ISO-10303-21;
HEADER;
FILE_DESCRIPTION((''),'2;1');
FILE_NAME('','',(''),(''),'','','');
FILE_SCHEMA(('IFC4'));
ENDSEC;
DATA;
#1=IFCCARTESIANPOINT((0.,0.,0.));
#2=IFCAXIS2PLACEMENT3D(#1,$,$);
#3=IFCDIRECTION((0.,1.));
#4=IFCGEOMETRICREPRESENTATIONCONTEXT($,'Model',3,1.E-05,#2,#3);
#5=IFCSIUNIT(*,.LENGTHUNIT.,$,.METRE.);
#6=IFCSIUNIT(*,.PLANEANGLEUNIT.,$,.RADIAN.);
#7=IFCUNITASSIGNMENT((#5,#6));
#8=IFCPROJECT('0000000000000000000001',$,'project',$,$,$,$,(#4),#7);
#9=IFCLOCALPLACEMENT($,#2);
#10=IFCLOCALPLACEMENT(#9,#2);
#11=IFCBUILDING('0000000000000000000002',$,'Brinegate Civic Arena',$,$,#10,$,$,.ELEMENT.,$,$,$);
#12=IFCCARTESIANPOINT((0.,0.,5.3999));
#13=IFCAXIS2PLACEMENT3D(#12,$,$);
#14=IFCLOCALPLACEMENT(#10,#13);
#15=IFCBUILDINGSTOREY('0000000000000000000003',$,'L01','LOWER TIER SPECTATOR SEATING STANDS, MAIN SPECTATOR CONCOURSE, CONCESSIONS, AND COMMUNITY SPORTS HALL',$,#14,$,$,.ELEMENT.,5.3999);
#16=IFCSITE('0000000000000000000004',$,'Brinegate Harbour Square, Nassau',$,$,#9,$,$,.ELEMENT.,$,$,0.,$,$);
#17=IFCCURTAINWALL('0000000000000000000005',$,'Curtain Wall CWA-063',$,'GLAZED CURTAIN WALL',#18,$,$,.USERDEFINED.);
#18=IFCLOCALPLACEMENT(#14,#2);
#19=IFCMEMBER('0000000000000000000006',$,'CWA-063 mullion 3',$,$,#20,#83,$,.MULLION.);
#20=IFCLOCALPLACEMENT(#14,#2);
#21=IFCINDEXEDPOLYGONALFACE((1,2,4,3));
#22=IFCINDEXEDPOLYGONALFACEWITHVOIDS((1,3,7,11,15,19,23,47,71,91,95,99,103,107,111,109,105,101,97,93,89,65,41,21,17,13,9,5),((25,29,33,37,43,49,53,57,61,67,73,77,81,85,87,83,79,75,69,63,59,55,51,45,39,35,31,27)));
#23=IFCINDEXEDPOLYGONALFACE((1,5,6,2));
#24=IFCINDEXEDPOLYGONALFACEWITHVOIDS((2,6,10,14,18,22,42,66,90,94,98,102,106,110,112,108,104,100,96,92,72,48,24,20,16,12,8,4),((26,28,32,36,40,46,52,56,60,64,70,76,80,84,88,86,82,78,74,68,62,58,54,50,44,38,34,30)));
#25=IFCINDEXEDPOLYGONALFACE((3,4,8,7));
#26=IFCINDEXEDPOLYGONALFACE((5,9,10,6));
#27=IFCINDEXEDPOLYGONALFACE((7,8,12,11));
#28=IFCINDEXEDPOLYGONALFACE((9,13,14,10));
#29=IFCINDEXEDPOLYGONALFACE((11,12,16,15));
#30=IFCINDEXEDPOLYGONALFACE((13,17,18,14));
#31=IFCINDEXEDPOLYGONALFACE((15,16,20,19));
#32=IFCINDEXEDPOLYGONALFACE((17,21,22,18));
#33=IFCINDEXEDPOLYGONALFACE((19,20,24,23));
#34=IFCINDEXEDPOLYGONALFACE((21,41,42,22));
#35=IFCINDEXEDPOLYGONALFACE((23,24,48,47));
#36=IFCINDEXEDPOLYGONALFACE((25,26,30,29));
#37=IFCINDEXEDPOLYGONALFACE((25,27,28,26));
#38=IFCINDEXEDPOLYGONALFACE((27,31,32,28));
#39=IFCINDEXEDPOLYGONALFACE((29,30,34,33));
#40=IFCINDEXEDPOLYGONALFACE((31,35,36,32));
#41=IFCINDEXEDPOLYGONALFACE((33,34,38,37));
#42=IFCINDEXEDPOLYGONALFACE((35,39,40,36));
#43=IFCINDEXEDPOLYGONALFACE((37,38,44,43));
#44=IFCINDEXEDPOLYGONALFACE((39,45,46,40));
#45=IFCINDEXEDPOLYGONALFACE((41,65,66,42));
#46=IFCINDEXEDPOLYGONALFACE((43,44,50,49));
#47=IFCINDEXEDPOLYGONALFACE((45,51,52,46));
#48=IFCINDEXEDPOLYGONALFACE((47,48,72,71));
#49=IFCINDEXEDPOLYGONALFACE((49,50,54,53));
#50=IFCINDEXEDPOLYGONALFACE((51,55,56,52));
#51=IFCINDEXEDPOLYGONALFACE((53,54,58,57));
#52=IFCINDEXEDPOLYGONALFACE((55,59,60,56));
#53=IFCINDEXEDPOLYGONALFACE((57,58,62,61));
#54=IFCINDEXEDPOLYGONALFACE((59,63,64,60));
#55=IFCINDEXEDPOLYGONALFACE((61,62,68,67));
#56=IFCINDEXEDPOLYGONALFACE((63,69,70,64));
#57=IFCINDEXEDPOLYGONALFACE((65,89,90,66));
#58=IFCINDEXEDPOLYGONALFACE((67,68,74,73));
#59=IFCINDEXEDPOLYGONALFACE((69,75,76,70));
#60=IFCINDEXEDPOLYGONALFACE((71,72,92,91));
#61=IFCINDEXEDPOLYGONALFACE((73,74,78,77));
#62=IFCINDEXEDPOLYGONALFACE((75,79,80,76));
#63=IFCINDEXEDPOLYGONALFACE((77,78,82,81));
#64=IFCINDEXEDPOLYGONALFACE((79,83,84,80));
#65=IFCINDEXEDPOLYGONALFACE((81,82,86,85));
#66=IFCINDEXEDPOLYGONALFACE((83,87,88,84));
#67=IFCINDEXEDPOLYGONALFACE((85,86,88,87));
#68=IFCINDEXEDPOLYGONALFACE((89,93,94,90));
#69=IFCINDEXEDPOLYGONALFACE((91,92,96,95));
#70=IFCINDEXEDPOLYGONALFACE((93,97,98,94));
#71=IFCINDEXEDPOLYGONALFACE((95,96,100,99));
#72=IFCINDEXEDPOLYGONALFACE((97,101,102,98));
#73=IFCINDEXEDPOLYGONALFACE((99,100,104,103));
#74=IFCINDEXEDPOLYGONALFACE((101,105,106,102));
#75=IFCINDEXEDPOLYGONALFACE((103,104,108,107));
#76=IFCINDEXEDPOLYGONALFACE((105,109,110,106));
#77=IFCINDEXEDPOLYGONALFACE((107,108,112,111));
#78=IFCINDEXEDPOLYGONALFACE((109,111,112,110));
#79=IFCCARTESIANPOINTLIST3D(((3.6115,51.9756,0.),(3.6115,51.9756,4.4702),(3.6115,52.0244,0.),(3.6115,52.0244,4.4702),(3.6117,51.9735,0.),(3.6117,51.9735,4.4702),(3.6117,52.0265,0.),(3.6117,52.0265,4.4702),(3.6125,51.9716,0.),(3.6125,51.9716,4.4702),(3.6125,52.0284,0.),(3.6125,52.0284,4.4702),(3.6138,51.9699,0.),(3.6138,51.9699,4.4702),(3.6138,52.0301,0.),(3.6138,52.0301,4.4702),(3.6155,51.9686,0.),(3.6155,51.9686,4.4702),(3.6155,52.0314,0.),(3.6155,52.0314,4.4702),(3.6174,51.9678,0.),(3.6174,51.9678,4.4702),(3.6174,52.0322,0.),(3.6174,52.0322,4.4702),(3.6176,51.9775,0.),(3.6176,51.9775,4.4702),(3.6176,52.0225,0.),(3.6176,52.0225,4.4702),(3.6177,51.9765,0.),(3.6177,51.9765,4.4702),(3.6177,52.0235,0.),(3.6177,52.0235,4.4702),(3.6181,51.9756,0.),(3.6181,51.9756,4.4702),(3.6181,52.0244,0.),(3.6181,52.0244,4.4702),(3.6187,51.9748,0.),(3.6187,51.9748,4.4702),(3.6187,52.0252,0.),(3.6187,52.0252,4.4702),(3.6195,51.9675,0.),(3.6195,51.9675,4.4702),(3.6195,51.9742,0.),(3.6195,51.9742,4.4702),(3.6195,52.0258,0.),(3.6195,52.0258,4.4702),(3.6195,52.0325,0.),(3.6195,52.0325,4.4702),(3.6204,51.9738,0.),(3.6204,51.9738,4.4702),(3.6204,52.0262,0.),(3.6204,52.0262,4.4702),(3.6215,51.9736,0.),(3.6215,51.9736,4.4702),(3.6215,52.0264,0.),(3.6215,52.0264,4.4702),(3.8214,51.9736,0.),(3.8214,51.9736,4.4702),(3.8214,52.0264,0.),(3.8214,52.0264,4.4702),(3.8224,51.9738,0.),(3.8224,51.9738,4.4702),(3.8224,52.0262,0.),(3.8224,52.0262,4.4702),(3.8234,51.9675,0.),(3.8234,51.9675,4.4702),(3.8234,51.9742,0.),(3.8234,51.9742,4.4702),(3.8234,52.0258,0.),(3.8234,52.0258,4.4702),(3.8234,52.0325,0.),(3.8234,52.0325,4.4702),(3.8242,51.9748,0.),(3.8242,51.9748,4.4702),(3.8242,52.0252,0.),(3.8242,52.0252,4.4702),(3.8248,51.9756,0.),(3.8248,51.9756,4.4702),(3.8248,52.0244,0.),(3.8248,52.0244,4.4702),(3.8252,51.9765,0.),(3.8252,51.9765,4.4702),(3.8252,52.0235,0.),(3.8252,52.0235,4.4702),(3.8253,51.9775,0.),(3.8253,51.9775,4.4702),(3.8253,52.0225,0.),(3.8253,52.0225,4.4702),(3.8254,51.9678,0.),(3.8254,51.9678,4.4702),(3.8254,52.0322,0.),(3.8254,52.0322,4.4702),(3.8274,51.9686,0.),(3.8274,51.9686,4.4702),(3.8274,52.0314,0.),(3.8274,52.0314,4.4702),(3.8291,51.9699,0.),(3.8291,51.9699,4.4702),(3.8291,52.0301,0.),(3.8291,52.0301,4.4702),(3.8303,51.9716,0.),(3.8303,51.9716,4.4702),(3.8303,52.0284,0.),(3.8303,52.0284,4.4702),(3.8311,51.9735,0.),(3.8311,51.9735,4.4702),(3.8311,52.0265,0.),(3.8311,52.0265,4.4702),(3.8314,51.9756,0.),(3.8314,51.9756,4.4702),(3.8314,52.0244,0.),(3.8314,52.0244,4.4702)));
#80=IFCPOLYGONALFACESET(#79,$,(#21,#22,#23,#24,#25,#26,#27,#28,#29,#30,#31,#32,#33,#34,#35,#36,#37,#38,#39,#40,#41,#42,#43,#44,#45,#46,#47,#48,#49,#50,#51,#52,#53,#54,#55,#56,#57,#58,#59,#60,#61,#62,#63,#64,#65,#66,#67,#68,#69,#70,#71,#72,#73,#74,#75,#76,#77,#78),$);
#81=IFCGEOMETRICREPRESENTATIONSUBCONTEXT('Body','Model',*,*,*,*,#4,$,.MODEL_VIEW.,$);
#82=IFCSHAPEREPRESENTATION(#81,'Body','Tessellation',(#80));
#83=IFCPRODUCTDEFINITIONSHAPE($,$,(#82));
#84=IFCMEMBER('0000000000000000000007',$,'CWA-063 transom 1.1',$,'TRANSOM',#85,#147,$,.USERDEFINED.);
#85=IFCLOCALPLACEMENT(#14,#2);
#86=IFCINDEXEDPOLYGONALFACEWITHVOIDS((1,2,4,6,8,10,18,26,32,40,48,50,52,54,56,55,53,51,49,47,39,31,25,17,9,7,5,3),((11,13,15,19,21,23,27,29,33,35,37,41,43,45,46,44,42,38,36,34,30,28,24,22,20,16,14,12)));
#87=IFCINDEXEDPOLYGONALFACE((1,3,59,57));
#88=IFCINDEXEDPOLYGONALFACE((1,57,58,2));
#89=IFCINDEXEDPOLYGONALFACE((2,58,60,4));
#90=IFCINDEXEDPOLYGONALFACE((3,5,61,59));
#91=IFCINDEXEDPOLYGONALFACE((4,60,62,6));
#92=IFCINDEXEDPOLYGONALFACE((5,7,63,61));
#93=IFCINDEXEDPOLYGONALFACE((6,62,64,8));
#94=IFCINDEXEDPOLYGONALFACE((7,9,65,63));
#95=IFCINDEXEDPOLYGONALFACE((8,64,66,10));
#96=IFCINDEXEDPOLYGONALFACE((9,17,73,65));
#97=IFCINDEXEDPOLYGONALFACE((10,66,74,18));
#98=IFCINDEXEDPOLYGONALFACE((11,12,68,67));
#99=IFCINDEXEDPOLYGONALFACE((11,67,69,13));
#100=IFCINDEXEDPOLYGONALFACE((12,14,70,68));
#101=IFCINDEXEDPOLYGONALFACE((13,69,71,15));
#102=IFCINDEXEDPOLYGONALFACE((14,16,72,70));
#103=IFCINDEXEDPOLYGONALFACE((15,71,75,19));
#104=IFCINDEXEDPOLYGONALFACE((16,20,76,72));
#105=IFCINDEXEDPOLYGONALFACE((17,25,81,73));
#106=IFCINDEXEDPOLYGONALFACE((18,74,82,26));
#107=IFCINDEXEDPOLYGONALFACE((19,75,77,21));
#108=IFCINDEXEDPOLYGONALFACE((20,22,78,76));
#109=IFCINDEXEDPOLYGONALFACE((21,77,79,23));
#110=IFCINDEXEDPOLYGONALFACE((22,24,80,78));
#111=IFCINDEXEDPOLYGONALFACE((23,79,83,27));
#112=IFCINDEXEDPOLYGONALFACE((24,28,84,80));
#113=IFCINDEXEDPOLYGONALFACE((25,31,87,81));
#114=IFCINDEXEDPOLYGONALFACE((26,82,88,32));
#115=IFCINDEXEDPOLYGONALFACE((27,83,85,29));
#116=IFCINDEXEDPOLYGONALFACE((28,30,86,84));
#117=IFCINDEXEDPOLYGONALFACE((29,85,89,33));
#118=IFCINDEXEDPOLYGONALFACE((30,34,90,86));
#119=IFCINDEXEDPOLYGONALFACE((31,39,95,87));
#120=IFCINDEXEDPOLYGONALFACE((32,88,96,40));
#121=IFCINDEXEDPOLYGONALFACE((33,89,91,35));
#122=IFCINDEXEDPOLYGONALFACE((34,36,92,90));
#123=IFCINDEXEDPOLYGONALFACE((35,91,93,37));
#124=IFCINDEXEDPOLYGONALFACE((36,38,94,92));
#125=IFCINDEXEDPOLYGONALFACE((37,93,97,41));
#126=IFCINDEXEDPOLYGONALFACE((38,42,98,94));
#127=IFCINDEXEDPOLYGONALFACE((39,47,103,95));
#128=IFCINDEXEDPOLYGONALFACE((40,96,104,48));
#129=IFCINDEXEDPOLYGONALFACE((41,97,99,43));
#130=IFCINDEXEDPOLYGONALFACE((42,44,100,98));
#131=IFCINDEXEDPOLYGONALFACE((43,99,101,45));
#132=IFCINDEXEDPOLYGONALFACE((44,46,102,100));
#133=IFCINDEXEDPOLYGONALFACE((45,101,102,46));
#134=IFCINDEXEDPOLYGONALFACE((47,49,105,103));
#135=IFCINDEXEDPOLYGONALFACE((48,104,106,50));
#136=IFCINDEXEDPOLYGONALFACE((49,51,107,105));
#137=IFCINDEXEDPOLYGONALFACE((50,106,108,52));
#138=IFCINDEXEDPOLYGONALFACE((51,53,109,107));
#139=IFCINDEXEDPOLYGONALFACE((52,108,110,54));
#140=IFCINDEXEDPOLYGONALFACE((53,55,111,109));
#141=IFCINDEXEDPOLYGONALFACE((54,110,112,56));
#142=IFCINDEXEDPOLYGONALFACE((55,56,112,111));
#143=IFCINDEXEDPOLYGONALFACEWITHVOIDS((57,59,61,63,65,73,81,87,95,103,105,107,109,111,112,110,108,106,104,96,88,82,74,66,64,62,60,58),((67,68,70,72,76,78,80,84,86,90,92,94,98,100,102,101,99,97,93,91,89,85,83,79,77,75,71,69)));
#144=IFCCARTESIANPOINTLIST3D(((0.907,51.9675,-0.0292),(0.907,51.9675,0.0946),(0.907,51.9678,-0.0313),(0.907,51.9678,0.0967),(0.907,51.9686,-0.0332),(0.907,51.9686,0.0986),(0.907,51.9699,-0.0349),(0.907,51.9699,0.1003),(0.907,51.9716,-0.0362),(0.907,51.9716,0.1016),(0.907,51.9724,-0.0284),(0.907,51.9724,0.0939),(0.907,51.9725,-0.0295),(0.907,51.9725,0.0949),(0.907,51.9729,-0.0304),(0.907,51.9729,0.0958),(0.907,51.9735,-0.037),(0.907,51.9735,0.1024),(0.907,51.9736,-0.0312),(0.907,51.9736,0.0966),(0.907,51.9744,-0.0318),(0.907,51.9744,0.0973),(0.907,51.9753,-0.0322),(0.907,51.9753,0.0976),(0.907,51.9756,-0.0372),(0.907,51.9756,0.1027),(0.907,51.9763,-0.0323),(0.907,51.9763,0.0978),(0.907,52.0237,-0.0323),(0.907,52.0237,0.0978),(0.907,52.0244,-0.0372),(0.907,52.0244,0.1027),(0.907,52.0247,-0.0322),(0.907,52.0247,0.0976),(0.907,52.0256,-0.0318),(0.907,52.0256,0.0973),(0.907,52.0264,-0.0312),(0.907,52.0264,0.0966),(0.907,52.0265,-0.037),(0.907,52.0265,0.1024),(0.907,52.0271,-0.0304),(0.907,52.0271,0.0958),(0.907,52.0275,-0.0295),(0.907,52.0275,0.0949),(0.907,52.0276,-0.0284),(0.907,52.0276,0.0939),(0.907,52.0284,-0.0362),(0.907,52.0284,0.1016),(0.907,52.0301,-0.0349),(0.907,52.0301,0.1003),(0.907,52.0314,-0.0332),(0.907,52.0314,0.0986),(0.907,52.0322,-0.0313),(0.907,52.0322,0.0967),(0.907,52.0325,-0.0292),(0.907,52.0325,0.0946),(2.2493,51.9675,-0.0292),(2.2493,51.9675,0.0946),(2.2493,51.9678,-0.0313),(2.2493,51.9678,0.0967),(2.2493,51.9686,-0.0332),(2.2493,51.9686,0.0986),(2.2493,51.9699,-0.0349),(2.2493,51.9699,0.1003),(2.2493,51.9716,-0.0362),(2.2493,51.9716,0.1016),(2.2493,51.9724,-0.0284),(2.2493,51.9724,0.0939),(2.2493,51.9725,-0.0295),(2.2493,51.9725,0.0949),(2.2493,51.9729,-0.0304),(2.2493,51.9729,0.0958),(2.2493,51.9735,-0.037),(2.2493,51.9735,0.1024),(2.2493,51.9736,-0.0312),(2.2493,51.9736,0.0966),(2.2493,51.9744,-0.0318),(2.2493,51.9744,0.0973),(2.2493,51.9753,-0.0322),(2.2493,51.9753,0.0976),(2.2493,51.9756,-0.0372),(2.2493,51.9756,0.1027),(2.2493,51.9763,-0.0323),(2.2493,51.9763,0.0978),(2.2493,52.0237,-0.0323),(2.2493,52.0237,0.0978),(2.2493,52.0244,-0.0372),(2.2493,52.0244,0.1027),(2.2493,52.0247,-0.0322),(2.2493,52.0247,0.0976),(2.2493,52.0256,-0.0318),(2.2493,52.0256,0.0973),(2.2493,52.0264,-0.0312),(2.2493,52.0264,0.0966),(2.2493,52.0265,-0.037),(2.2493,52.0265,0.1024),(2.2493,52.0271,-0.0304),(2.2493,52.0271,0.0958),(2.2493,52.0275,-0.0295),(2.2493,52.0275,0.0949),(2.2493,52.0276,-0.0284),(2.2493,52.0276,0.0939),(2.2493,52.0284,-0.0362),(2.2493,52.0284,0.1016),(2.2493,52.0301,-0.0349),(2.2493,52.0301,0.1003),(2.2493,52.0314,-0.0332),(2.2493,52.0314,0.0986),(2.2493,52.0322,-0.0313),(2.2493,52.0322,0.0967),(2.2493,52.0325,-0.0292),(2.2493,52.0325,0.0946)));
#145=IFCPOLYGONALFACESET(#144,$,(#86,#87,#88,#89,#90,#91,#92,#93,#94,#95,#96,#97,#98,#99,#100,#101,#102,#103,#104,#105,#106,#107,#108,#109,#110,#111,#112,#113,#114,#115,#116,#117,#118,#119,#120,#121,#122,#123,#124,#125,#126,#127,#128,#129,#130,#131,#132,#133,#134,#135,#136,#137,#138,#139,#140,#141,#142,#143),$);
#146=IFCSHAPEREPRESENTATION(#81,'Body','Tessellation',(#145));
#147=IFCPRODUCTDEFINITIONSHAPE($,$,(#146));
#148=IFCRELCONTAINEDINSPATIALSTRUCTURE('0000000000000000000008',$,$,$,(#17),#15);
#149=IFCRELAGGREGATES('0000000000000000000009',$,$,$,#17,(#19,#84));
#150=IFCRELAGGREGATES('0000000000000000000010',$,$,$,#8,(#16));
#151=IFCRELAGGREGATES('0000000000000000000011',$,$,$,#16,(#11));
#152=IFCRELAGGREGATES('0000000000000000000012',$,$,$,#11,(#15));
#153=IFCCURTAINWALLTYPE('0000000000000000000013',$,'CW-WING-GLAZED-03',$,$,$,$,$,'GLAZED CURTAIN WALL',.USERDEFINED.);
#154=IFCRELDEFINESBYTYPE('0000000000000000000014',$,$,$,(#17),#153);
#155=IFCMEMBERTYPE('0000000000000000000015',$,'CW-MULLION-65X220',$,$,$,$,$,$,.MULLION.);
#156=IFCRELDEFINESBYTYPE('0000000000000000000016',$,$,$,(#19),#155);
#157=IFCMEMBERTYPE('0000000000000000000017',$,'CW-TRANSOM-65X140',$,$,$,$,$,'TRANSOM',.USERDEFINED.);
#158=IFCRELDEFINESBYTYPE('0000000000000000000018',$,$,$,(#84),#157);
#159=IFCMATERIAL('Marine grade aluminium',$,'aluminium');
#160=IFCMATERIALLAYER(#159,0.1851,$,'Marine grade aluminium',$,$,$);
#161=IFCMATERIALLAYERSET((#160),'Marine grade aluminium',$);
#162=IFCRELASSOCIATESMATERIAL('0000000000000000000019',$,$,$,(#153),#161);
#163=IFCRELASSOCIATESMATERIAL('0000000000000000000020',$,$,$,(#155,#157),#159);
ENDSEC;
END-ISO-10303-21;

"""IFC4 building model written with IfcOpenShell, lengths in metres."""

from ifc_helpers import new_model, si_unit, direction, frame, origin, origin_2d, place, context, subcontext, project, spatial, hollow_rectangle, extrude, material, layer, layer_set, material_profile, profile_set, type_object, element, aggregate, save


model = new_model("IFC4")

# Units and contexts
model_context = context("Model", 3, precision=1e-05, world=origin(), true_north=direction((0.0, 1.0)))
body_context = subcontext(model_context, "Body", "Model", "MODEL_VIEW")
ifc_project = project(units=[si_unit("LENGTHUNIT", "METRE"), si_unit("PLANEANGLEUNIT", "RADIAN")], contexts=[model_context])

# Site, building, storey
site_placement = place(None, origin())
site = spatial("IfcSite", under=ifc_project, at=site_placement, Name="Brinegate Harbour Square, Nassau", CompositionType="ELEMENT", RefElevation=0.0)
building_placement = place(site_placement, origin())
building = spatial("IfcBuilding", under=site, at=building_placement, Name="Brinegate Civic Arena", CompositionType="ELEMENT")
storey_placement = place(building_placement, frame((0.0, 0.0, 5.3999)))
storey = spatial("IfcBuildingStorey", under=building, at=storey_placement, Name="L01", Description="LOWER TIER SPECTATOR SEATING STANDS, MAIN SPECTATOR CONCOURSE, CONCESSIONS, AND COMMUNITY SPORTS HALL", CompositionType="ELEMENT", Elevation=5.3999)

# Curtain wall, members
ifc_material_1 = material(Name="Marine grade aluminium", Category="aluminium")
ifc_layer_1 = layer(ifc_material_1, 0.1851, Name="Marine grade aluminium")
ifc_layer_set_1 = layer_set([ifc_layer_1], Name="Marine grade aluminium")
curtain_wall_type = type_object("IfcCurtainWallType", Name="CW-WING-GLAZED-03", ElementType="GLAZED CURTAIN WALL", PredefinedType="USERDEFINED", material=ifc_layer_set_1)
curtain_wall_placement = place(storey_placement, origin())
curtain_wall = element("IfcCurtainWall", 1, at=curtain_wall_placement, inside=storey, type_object=curtain_wall_type, Name="Curtain Wall CWA-063", ObjectType="GLAZED CURTAIN WALL", PredefinedType="USERDEFINED")
ifc_material_profile_1 = material_profile(ifc_material_1, hollow_rectangle(XDim=0.0649, YDim=0.22, WallThickness=0.0061, InnerFilletRadius=0.0039, OuterFilletRadius=0.0081, at=origin_2d()), Name="MUL65X220")
ifc_profile_set_1 = profile_set([ifc_material_profile_1], Name="Marine grade aluminium")
member_type_1 = type_object("IfcMemberType", Name="CW-MULLION-65X220", PredefinedType="MULLION", material=ifc_profile_set_1)
member_1_placement = place(storey_placement, frame((3.7214, 52.0, 0.0), z_axis=(0.0, 0.0, 1.0), x_axis=(0.0, 1.0, 0.0)))
member_1 = element("IfcMember", 2, at=member_1_placement, type_object=member_type_1, Name="CWA-063 mullion 3", PredefinedType="MULLION", context=body_context, shape_type="SweptSolid", body=[
    extrude(hollow_rectangle(XDim=0.0649, YDim=0.22, WallThickness=0.0061, InnerFilletRadius=0.0039, OuterFilletRadius=0.0081, at=origin_2d()), origin(), (0.0, 0.0, 1.0), 4.4702),
])
ifc_material_profile_2 = material_profile(ifc_material_1, hollow_rectangle(XDim=0.0649, YDim=0.1399, WallThickness=0.0049, InnerFilletRadius=0.0039, OuterFilletRadius=0.0081, at=origin_2d()), Name="TRN65X140")
ifc_profile_set_2 = profile_set([ifc_material_profile_2], Name="Marine grade aluminium")
member_type_2 = type_object("IfcMemberType", Name="CW-TRANSOM-65X140", ElementType="TRANSOM", PredefinedType="USERDEFINED", material=ifc_profile_set_2)
member_2_placement = place(storey_placement, frame((0.907, 52.0, 0.0327), z_axis=(1.0, 0.0, 0.0), x_axis=(0.0, 1.0, 0.0)))
member_2 = element("IfcMember", 3, at=member_2_placement, type_object=member_type_2, Name="CWA-063 transom 1.1", ObjectType="TRANSOM", PredefinedType="USERDEFINED", context=body_context, shape_type="SweptSolid", body=[
    extrude(hollow_rectangle(XDim=0.0649, YDim=0.1399, WallThickness=0.0049, InnerFilletRadius=0.0039, OuterFilletRadius=0.0081, at=origin_2d()), origin(), (0.0, 0.0, 1.0), 1.3423),
])

aggregate(curtain_wall, [member_1, member_2])

save(model, "model.ifc")
